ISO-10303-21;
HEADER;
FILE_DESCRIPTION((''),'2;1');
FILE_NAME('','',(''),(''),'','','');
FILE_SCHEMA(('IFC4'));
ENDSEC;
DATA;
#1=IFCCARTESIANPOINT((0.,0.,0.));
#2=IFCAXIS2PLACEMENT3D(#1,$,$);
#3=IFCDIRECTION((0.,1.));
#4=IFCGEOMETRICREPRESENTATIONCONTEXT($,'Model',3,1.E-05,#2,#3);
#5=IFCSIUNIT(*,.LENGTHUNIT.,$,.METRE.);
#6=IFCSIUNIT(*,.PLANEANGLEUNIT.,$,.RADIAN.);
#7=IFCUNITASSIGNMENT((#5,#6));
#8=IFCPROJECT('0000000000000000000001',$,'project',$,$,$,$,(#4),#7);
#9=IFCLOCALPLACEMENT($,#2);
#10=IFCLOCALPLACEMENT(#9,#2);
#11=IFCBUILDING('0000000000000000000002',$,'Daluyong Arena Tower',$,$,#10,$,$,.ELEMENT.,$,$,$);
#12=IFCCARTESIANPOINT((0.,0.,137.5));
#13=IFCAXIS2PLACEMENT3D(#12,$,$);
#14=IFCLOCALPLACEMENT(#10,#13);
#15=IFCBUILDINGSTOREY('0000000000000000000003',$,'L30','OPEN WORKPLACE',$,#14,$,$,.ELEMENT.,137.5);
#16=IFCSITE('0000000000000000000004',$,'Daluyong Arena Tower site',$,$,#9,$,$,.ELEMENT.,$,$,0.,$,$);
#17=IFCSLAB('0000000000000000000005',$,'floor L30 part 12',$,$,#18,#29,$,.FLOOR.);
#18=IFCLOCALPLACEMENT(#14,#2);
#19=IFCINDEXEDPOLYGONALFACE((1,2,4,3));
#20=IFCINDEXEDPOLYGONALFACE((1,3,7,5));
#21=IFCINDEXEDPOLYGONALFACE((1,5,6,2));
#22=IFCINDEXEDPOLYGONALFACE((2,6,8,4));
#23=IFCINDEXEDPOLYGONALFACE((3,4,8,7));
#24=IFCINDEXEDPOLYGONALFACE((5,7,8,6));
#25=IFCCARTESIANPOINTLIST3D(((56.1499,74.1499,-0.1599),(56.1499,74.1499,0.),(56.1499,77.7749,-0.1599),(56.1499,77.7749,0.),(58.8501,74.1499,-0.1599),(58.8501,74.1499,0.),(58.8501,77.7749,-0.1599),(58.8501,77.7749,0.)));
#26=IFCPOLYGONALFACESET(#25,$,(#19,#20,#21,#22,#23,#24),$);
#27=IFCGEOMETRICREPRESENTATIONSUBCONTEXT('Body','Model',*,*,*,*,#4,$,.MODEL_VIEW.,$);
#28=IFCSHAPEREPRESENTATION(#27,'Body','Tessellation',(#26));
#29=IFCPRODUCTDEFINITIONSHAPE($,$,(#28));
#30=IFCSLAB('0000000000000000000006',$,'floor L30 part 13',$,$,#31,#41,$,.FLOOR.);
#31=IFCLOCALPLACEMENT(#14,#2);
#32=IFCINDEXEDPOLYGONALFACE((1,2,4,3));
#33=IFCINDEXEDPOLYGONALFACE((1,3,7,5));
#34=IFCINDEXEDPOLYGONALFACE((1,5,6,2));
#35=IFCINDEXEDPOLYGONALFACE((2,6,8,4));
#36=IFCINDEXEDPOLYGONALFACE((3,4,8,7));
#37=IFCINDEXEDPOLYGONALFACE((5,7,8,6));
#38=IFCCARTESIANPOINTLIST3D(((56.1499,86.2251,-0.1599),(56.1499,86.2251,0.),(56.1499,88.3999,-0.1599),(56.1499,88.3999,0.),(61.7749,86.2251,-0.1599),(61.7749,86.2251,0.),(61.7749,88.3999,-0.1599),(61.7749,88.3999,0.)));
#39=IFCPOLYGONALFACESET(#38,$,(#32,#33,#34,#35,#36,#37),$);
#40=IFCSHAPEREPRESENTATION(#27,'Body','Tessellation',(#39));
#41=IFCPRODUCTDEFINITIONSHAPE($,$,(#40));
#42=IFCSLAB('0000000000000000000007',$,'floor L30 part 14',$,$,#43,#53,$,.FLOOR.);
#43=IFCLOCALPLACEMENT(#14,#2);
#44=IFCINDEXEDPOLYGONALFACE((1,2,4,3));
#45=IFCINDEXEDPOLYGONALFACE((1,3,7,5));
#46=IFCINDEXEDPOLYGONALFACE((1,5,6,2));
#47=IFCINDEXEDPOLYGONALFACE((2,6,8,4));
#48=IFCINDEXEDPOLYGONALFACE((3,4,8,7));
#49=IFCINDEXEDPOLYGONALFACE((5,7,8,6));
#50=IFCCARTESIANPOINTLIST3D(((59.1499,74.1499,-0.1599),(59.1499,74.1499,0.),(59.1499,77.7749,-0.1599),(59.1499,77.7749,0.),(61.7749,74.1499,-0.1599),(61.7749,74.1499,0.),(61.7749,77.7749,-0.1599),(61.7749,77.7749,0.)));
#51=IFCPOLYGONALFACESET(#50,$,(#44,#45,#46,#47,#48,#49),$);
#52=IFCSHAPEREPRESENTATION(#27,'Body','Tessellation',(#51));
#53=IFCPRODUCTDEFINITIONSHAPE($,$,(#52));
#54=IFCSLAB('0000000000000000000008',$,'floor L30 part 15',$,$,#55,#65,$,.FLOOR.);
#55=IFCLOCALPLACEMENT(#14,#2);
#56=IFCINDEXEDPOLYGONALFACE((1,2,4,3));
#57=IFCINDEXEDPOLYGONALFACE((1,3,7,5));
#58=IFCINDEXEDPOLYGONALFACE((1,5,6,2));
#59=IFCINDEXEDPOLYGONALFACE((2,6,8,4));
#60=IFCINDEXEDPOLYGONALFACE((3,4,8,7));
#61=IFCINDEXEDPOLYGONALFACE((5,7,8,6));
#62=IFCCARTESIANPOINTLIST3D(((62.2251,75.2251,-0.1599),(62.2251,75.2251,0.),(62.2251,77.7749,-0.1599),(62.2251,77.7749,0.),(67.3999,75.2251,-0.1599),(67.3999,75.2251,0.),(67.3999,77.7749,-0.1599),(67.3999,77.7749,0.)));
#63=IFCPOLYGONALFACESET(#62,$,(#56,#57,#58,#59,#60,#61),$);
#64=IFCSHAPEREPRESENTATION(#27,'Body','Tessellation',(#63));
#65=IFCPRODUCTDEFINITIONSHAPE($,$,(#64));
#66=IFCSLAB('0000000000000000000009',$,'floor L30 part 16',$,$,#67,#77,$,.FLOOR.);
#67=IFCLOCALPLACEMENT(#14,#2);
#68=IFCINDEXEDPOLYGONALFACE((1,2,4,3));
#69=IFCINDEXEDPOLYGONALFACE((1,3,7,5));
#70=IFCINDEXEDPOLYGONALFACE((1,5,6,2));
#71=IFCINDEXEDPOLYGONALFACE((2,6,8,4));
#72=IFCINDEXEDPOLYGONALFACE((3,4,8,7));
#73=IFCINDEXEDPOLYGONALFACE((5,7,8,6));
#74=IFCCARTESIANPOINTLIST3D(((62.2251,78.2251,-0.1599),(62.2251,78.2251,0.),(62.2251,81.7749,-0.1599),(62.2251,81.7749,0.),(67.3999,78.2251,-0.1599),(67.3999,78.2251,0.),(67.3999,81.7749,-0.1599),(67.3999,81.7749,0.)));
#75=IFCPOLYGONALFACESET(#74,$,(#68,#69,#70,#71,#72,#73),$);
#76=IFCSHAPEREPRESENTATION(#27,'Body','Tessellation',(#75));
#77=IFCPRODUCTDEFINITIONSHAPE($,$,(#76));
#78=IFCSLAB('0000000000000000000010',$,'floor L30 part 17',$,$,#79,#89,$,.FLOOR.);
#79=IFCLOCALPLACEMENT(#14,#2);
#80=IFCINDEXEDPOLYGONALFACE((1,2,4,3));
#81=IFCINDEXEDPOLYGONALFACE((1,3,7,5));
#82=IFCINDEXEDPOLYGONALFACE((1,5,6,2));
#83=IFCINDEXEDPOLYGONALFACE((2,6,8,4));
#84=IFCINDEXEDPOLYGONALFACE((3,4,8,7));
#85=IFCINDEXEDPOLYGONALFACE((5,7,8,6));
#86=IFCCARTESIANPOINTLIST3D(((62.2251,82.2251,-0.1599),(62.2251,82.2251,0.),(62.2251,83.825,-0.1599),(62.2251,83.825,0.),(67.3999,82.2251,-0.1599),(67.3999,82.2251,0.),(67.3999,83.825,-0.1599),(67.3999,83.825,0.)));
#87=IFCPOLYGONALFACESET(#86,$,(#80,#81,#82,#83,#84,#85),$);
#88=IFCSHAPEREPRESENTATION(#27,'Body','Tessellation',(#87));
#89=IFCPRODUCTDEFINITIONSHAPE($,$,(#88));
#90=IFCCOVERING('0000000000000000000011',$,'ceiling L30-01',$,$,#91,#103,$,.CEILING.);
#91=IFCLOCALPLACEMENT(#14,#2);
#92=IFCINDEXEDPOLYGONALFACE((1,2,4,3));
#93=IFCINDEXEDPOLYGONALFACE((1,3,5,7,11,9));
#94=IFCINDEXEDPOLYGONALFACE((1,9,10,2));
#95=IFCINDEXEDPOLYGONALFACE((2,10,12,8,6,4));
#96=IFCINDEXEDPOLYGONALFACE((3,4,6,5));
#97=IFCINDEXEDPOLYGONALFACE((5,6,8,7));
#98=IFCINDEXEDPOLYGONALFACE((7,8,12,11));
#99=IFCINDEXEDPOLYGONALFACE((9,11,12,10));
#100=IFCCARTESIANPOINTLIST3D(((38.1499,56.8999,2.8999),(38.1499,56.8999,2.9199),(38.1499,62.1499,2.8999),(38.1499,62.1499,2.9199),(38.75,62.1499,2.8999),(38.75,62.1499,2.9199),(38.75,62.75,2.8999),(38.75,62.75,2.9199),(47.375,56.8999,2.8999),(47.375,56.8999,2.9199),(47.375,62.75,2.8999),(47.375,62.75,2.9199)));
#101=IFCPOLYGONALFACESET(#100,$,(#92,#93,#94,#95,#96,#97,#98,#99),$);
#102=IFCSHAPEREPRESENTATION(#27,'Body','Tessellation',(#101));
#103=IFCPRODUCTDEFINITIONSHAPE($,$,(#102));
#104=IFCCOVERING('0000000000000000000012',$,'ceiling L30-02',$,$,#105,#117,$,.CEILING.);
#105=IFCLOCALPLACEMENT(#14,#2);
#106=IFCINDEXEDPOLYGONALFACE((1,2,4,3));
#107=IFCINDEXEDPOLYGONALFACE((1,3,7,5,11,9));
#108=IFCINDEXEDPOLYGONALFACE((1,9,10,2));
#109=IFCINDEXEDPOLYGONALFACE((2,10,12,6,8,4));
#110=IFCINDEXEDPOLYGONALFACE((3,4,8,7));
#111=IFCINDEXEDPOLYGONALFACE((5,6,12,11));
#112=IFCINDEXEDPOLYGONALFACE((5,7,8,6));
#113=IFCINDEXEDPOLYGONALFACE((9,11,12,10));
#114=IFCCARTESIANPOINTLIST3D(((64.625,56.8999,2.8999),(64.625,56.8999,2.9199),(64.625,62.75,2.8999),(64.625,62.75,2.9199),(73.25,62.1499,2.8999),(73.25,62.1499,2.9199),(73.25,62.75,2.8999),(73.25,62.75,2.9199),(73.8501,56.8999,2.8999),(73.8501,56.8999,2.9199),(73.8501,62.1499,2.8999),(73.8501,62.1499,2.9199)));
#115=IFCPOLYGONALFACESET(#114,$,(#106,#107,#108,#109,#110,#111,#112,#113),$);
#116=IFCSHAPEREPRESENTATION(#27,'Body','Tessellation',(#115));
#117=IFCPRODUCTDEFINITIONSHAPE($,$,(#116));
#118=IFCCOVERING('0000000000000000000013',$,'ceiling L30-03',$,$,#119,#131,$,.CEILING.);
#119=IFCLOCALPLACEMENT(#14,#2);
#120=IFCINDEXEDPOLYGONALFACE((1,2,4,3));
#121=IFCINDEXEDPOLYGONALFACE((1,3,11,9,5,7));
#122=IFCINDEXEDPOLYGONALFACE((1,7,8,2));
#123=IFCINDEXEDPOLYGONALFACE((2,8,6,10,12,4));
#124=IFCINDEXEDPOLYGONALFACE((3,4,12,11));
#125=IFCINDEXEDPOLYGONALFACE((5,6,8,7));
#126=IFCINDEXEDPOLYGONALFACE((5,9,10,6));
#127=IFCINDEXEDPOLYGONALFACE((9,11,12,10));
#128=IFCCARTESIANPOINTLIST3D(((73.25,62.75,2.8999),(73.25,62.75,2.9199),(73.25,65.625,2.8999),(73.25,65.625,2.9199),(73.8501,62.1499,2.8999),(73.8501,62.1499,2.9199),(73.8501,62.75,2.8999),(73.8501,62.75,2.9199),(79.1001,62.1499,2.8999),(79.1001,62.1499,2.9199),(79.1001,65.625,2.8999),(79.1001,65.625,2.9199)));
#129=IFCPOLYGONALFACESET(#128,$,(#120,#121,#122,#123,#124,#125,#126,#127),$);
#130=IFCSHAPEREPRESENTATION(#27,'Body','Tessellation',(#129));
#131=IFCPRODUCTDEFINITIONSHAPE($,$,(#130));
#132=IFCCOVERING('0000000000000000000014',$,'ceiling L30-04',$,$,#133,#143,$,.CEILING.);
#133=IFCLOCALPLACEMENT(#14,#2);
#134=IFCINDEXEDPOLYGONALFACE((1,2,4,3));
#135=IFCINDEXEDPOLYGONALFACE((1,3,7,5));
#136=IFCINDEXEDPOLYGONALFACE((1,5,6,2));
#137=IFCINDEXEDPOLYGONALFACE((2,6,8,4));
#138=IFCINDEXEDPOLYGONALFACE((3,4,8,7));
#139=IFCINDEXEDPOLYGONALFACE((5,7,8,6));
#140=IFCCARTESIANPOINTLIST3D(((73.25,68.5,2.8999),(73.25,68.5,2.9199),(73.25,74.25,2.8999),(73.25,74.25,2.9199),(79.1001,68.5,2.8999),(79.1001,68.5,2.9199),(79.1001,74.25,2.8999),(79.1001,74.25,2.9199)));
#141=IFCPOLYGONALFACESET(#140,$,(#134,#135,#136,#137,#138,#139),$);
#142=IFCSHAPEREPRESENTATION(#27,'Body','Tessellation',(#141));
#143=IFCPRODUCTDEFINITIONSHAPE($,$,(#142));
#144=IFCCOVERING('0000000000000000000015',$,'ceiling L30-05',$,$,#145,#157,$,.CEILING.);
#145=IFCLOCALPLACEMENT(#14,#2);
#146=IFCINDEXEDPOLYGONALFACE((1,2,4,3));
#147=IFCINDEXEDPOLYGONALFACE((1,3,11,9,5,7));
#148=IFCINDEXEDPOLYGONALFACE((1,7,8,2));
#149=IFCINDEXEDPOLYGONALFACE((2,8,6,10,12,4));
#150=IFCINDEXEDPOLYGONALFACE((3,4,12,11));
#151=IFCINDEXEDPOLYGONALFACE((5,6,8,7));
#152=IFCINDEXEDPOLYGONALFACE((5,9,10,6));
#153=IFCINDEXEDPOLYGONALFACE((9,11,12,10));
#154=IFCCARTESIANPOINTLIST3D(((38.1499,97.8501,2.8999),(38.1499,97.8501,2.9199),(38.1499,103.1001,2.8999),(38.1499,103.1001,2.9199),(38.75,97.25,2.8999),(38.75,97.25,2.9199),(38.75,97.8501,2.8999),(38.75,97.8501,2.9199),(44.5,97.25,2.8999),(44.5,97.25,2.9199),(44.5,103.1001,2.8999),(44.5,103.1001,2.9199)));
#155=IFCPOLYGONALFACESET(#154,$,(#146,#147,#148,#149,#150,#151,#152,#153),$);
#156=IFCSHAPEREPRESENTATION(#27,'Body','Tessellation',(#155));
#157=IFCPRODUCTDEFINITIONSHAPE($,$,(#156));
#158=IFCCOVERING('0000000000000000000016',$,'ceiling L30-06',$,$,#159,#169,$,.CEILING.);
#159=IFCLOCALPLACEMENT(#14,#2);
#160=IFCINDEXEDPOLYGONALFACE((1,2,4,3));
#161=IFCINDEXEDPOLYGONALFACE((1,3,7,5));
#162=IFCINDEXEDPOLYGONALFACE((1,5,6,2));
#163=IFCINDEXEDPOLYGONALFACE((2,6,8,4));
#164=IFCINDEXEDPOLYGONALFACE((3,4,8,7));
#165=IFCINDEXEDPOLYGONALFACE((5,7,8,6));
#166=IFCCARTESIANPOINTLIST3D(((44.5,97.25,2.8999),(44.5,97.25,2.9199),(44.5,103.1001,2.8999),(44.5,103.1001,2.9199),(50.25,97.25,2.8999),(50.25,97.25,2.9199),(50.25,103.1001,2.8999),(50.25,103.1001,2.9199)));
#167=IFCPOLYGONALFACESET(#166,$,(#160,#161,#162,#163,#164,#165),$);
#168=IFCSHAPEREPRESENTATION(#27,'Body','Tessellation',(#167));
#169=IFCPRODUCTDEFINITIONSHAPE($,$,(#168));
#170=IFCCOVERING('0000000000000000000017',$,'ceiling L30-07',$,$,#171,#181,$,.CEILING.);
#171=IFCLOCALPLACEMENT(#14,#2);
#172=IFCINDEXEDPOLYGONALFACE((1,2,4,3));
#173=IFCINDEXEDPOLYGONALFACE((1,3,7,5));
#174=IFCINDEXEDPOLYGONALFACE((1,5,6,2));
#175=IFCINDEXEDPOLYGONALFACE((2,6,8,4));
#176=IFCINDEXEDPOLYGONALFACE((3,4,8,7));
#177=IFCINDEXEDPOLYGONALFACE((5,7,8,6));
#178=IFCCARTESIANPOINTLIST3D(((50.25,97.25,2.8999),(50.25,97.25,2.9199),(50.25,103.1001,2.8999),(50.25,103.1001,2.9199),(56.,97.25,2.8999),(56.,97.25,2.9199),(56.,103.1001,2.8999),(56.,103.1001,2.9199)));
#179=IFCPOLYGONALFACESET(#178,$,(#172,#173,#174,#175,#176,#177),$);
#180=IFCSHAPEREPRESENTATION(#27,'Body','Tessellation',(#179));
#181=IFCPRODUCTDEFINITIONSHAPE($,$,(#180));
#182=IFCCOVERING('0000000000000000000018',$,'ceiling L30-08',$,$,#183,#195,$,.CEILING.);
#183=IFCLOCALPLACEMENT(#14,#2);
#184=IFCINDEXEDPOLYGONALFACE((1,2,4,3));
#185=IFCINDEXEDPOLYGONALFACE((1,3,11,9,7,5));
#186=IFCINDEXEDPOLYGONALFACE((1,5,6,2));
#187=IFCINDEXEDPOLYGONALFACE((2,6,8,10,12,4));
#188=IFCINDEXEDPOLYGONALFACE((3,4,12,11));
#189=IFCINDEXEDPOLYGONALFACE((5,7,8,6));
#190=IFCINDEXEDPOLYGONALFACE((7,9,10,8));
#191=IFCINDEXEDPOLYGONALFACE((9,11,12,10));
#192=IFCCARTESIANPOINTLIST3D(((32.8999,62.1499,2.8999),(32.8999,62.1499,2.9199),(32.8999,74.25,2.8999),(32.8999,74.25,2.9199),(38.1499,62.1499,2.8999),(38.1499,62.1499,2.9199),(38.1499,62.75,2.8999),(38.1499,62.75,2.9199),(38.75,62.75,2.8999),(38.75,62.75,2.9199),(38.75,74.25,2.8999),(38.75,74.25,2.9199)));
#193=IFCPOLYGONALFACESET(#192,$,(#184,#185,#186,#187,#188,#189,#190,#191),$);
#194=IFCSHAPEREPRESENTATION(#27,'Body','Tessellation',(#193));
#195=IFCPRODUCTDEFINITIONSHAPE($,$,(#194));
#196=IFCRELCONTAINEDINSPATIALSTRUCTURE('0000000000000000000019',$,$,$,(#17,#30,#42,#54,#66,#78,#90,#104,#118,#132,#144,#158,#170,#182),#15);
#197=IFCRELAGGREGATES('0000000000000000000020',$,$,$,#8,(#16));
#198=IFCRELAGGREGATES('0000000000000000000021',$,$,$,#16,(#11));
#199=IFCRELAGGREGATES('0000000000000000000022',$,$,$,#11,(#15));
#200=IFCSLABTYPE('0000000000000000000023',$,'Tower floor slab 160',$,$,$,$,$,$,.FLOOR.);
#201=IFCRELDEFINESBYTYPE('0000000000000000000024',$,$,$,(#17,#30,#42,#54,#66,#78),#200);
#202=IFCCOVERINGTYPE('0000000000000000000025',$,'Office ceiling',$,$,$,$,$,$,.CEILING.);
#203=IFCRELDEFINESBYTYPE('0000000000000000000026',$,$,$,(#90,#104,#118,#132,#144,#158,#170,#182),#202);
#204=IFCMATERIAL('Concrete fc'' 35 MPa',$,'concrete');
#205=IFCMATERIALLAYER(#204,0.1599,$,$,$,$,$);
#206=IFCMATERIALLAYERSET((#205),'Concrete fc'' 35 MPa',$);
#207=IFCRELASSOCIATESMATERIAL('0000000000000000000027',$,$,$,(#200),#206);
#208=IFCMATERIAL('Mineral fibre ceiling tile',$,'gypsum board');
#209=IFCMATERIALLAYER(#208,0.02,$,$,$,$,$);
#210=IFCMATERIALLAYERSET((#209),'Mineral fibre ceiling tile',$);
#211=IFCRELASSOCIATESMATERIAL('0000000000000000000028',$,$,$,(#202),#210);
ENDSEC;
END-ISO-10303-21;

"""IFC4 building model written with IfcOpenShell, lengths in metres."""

from ifc_helpers import new_model, si_unit, direction, frame, origin, place, context, subcontext, project, spatial, polyline, outline, extrude, material, layer, layer_set, type_object, element, save


model = new_model("IFC4")

# Units and contexts
model_context = context("Model", 3, precision=1e-05, world=origin(), true_north=direction((0.0, 1.0)))
body_context = subcontext(model_context, "Body", "Model", "MODEL_VIEW")
ifc_project = project(units=[si_unit("LENGTHUNIT", "METRE"), si_unit("PLANEANGLEUNIT", "RADIAN")], contexts=[model_context])

# Site, building, storey
site_placement = place(None, origin())
site = spatial("IfcSite", under=ifc_project, at=site_placement, Name="Daluyong Arena Tower site", CompositionType="ELEMENT", RefElevation=0.0)
building_placement = place(site_placement, origin())
building = spatial("IfcBuilding", under=site, at=building_placement, Name="Daluyong Arena Tower", CompositionType="ELEMENT")
storey_placement = place(building_placement, frame((0.0, 0.0, 137.5)))
storey = spatial("IfcBuildingStorey", under=building, at=storey_placement, Name="L30", Description="OPEN WORKPLACE", CompositionType="ELEMENT", Elevation=137.5)

# Slabs
ifc_material_1 = material(Name="Concrete fc' 35 MPa", Category="concrete")
ifc_layer_1 = layer(ifc_material_1, 0.1599)
ifc_layer_set_1 = layer_set([ifc_layer_1], Name="Concrete fc' 35 MPa")
slab_type_1 = type_object("IfcSlabType", Name="Tower floor slab 160", PredefinedType="FLOOR", material=ifc_layer_set_1)
slab_1_placement = place(storey_placement, frame((0.0, 0.0, -0.1599)))
element("IfcSlab", 1, at=slab_1_placement, inside=storey, type_object=slab_type_1, Name="floor L30 part 12", PredefinedType="FLOOR", context=body_context, shape_type="SweptSolid", body=[
    extrude(outline(polyline([(58.8501, 77.7749), (56.1499, 77.7749), (56.1499, 74.1499), (58.8501, 74.1499), (58.8501, 77.7749)])), origin(), (0.0, 0.0, 1.0), 0.1599),
])
slab_2_placement = place(storey_placement, frame((0.0, 0.0, -0.1599)))
element("IfcSlab", 2, at=slab_2_placement, inside=storey, type_object=slab_type_1, Name="floor L30 part 13", PredefinedType="FLOOR", context=body_context, shape_type="SweptSolid", body=[
    extrude(outline(polyline([(56.1499, 88.3999), (56.1499, 86.2251), (61.7749, 86.2251), (61.7749, 88.3999), (56.1499, 88.3999)])), origin(), (0.0, 0.0, 1.0), 0.1599),
])
slab_3_placement = place(storey_placement, frame((0.0, 0.0, -0.1599)))
element("IfcSlab", 3, at=slab_3_placement, inside=storey, type_object=slab_type_1, Name="floor L30 part 14", PredefinedType="FLOOR", context=body_context, shape_type="SweptSolid", body=[
    extrude(outline(polyline([(59.1499, 77.7749), (59.1499, 74.1499), (61.7749, 74.1499), (61.7749, 77.7749), (59.1499, 77.7749)])), origin(), (0.0, 0.0, 1.0), 0.1599),
])
slab_4_placement = place(storey_placement, frame((0.0, 0.0, -0.1599)))
element("IfcSlab", 4, at=slab_4_placement, inside=storey, type_object=slab_type_1, Name="floor L30 part 15", PredefinedType="FLOOR", context=body_context, shape_type="SweptSolid", body=[
    extrude(outline(polyline([(62.2251, 75.2251), (67.3999, 75.2251), (67.3999, 77.7749), (62.2251, 77.7749), (62.2251, 75.2251)])), origin(), (0.0, 0.0, 1.0), 0.1599),
])
slab_5_placement = place(storey_placement, frame((0.0, 0.0, -0.1599)))
element("IfcSlab", 5, at=slab_5_placement, inside=storey, type_object=slab_type_1, Name="floor L30 part 16", PredefinedType="FLOOR", context=body_context, shape_type="SweptSolid", body=[
    extrude(outline(polyline([(62.2251, 78.2251), (67.3999, 78.2251), (67.3999, 81.7749), (62.2251, 81.7749), (62.2251, 78.2251)])), origin(), (0.0, 0.0, 1.0), 0.1599),
])
slab_6_placement = place(storey_placement, frame((0.0, 0.0, -0.1599)))
element("IfcSlab", 6, at=slab_6_placement, inside=storey, type_object=slab_type_1, Name="floor L30 part 17", PredefinedType="FLOOR", context=body_context, shape_type="SweptSolid", body=[
    extrude(outline(polyline([(62.2251, 82.2251), (67.3999, 82.2251), (67.3999, 83.825), (62.2251, 83.825), (62.2251, 82.2251)])), origin(), (0.0, 0.0, 1.0), 0.1599),
])

# Coverings
ifc_material_2 = material(Name="Mineral fibre ceiling tile", Category="gypsum board")
ifc_layer_2 = layer(ifc_material_2, 0.02)
ifc_layer_set_2 = layer_set([ifc_layer_2], Name="Mineral fibre ceiling tile")
covering_type = type_object("IfcCoveringType", Name="Office ceiling", PredefinedType="CEILING", material=ifc_layer_set_2)
covering_1_placement = place(storey_placement, frame((0.0, 0.0, 2.8999)))
element("IfcCovering", 7, at=covering_1_placement, inside=storey, type_object=covering_type, Name="ceiling L30-01", PredefinedType="CEILING", context=body_context, shape_type="SweptSolid", body=[
    extrude(outline(polyline([(38.1499, 62.1499), (38.1499, 56.8999), (47.375, 56.8999), (47.375, 62.75), (38.75, 62.75), (38.75, 62.1499), (38.1499, 62.1499)])), origin(), (0.0, 0.0, 1.0), 0.02),
])
covering_2_placement = place(storey_placement, frame((0.0, 0.0, 2.8999)))
element("IfcCovering", 8, at=covering_2_placement, inside=storey, type_object=covering_type, Name="ceiling L30-02", PredefinedType="CEILING", context=body_context, shape_type="SweptSolid", body=[
    extrude(outline(polyline([(73.8501, 56.8999), (73.8501, 62.1499), (73.25, 62.1499), (73.25, 62.75), (64.625, 62.75), (64.625, 56.8999), (73.8501, 56.8999)])), origin(), (0.0, 0.0, 1.0), 0.02),
])
covering_3_placement = place(storey_placement, frame((0.0, 0.0, 2.8999)))
element("IfcCovering", 9, at=covering_3_placement, inside=storey, type_object=covering_type, Name="ceiling L30-03", PredefinedType="CEILING", context=body_context, shape_type="SweptSolid", body=[
    extrude(outline(polyline([(73.8501, 62.1499), (79.1001, 62.1499), (79.1001, 65.625), (73.25, 65.625), (73.25, 62.75), (73.8501, 62.75), (73.8501, 62.1499)])), origin(), (0.0, 0.0, 1.0), 0.02),
])
covering_4_placement = place(storey_placement, frame((0.0, 0.0, 2.8999)))
element("IfcCovering", 10, at=covering_4_placement, inside=storey, type_object=covering_type, Name="ceiling L30-04", PredefinedType="CEILING", context=body_context, shape_type="SweptSolid", body=[
    extrude(outline(polyline([(73.25, 68.5), (79.1001, 68.5), (79.1001, 74.25), (73.25, 74.25), (73.25, 68.5)])), origin(), (0.0, 0.0, 1.0), 0.02),
])
covering_5_placement = place(storey_placement, frame((0.0, 0.0, 2.8999)))
element("IfcCovering", 11, at=covering_5_placement, inside=storey, type_object=covering_type, Name="ceiling L30-05", PredefinedType="CEILING", context=body_context, shape_type="SweptSolid", body=[
    extrude(outline(polyline([(44.5, 97.25), (44.5, 103.1001), (38.1499, 103.1001), (38.1499, 97.8501), (38.75, 97.8501), (38.75, 97.25), (44.5, 97.25)])), origin(), (0.0, 0.0, 1.0), 0.02),
])
covering_6_placement = place(storey_placement, frame((0.0, 0.0, 2.8999)))
element("IfcCovering", 12, at=covering_6_placement, inside=storey, type_object=covering_type, Name="ceiling L30-06", PredefinedType="CEILING", context=body_context, shape_type="SweptSolid", body=[
    extrude(outline(polyline([(50.25, 97.25), (50.25, 103.1001), (44.5, 103.1001), (44.5, 97.25), (50.25, 97.25)])), origin(), (0.0, 0.0, 1.0), 0.02),
])
covering_7_placement = place(storey_placement, frame((0.0, 0.0, 2.8999)))
element("IfcCovering", 13, at=covering_7_placement, inside=storey, type_object=covering_type, Name="ceiling L30-07", PredefinedType="CEILING", context=body_context, shape_type="SweptSolid", body=[
    extrude(outline(polyline([(56.0, 97.25), (56.0, 103.1001), (50.25, 103.1001), (50.25, 97.25), (56.0, 97.25)])), origin(), (0.0, 0.0, 1.0), 0.02),
])
covering_8_placement = place(storey_placement, frame((0.0, 0.0, 2.8999)))
element("IfcCovering", 14, at=covering_8_placement, inside=storey, type_object=covering_type, Name="ceiling L30-08", PredefinedType="CEILING", context=body_context, shape_type="SweptSolid", body=[
    extrude(outline(polyline([(32.8999, 62.1499), (38.1499, 62.1499), (38.1499, 62.75), (38.75, 62.75), (38.75, 74.25), (32.8999, 74.25), (32.8999, 62.1499)])), origin(), (0.0, 0.0, 1.0), 0.02),
])

save(model, "model.ifc")
